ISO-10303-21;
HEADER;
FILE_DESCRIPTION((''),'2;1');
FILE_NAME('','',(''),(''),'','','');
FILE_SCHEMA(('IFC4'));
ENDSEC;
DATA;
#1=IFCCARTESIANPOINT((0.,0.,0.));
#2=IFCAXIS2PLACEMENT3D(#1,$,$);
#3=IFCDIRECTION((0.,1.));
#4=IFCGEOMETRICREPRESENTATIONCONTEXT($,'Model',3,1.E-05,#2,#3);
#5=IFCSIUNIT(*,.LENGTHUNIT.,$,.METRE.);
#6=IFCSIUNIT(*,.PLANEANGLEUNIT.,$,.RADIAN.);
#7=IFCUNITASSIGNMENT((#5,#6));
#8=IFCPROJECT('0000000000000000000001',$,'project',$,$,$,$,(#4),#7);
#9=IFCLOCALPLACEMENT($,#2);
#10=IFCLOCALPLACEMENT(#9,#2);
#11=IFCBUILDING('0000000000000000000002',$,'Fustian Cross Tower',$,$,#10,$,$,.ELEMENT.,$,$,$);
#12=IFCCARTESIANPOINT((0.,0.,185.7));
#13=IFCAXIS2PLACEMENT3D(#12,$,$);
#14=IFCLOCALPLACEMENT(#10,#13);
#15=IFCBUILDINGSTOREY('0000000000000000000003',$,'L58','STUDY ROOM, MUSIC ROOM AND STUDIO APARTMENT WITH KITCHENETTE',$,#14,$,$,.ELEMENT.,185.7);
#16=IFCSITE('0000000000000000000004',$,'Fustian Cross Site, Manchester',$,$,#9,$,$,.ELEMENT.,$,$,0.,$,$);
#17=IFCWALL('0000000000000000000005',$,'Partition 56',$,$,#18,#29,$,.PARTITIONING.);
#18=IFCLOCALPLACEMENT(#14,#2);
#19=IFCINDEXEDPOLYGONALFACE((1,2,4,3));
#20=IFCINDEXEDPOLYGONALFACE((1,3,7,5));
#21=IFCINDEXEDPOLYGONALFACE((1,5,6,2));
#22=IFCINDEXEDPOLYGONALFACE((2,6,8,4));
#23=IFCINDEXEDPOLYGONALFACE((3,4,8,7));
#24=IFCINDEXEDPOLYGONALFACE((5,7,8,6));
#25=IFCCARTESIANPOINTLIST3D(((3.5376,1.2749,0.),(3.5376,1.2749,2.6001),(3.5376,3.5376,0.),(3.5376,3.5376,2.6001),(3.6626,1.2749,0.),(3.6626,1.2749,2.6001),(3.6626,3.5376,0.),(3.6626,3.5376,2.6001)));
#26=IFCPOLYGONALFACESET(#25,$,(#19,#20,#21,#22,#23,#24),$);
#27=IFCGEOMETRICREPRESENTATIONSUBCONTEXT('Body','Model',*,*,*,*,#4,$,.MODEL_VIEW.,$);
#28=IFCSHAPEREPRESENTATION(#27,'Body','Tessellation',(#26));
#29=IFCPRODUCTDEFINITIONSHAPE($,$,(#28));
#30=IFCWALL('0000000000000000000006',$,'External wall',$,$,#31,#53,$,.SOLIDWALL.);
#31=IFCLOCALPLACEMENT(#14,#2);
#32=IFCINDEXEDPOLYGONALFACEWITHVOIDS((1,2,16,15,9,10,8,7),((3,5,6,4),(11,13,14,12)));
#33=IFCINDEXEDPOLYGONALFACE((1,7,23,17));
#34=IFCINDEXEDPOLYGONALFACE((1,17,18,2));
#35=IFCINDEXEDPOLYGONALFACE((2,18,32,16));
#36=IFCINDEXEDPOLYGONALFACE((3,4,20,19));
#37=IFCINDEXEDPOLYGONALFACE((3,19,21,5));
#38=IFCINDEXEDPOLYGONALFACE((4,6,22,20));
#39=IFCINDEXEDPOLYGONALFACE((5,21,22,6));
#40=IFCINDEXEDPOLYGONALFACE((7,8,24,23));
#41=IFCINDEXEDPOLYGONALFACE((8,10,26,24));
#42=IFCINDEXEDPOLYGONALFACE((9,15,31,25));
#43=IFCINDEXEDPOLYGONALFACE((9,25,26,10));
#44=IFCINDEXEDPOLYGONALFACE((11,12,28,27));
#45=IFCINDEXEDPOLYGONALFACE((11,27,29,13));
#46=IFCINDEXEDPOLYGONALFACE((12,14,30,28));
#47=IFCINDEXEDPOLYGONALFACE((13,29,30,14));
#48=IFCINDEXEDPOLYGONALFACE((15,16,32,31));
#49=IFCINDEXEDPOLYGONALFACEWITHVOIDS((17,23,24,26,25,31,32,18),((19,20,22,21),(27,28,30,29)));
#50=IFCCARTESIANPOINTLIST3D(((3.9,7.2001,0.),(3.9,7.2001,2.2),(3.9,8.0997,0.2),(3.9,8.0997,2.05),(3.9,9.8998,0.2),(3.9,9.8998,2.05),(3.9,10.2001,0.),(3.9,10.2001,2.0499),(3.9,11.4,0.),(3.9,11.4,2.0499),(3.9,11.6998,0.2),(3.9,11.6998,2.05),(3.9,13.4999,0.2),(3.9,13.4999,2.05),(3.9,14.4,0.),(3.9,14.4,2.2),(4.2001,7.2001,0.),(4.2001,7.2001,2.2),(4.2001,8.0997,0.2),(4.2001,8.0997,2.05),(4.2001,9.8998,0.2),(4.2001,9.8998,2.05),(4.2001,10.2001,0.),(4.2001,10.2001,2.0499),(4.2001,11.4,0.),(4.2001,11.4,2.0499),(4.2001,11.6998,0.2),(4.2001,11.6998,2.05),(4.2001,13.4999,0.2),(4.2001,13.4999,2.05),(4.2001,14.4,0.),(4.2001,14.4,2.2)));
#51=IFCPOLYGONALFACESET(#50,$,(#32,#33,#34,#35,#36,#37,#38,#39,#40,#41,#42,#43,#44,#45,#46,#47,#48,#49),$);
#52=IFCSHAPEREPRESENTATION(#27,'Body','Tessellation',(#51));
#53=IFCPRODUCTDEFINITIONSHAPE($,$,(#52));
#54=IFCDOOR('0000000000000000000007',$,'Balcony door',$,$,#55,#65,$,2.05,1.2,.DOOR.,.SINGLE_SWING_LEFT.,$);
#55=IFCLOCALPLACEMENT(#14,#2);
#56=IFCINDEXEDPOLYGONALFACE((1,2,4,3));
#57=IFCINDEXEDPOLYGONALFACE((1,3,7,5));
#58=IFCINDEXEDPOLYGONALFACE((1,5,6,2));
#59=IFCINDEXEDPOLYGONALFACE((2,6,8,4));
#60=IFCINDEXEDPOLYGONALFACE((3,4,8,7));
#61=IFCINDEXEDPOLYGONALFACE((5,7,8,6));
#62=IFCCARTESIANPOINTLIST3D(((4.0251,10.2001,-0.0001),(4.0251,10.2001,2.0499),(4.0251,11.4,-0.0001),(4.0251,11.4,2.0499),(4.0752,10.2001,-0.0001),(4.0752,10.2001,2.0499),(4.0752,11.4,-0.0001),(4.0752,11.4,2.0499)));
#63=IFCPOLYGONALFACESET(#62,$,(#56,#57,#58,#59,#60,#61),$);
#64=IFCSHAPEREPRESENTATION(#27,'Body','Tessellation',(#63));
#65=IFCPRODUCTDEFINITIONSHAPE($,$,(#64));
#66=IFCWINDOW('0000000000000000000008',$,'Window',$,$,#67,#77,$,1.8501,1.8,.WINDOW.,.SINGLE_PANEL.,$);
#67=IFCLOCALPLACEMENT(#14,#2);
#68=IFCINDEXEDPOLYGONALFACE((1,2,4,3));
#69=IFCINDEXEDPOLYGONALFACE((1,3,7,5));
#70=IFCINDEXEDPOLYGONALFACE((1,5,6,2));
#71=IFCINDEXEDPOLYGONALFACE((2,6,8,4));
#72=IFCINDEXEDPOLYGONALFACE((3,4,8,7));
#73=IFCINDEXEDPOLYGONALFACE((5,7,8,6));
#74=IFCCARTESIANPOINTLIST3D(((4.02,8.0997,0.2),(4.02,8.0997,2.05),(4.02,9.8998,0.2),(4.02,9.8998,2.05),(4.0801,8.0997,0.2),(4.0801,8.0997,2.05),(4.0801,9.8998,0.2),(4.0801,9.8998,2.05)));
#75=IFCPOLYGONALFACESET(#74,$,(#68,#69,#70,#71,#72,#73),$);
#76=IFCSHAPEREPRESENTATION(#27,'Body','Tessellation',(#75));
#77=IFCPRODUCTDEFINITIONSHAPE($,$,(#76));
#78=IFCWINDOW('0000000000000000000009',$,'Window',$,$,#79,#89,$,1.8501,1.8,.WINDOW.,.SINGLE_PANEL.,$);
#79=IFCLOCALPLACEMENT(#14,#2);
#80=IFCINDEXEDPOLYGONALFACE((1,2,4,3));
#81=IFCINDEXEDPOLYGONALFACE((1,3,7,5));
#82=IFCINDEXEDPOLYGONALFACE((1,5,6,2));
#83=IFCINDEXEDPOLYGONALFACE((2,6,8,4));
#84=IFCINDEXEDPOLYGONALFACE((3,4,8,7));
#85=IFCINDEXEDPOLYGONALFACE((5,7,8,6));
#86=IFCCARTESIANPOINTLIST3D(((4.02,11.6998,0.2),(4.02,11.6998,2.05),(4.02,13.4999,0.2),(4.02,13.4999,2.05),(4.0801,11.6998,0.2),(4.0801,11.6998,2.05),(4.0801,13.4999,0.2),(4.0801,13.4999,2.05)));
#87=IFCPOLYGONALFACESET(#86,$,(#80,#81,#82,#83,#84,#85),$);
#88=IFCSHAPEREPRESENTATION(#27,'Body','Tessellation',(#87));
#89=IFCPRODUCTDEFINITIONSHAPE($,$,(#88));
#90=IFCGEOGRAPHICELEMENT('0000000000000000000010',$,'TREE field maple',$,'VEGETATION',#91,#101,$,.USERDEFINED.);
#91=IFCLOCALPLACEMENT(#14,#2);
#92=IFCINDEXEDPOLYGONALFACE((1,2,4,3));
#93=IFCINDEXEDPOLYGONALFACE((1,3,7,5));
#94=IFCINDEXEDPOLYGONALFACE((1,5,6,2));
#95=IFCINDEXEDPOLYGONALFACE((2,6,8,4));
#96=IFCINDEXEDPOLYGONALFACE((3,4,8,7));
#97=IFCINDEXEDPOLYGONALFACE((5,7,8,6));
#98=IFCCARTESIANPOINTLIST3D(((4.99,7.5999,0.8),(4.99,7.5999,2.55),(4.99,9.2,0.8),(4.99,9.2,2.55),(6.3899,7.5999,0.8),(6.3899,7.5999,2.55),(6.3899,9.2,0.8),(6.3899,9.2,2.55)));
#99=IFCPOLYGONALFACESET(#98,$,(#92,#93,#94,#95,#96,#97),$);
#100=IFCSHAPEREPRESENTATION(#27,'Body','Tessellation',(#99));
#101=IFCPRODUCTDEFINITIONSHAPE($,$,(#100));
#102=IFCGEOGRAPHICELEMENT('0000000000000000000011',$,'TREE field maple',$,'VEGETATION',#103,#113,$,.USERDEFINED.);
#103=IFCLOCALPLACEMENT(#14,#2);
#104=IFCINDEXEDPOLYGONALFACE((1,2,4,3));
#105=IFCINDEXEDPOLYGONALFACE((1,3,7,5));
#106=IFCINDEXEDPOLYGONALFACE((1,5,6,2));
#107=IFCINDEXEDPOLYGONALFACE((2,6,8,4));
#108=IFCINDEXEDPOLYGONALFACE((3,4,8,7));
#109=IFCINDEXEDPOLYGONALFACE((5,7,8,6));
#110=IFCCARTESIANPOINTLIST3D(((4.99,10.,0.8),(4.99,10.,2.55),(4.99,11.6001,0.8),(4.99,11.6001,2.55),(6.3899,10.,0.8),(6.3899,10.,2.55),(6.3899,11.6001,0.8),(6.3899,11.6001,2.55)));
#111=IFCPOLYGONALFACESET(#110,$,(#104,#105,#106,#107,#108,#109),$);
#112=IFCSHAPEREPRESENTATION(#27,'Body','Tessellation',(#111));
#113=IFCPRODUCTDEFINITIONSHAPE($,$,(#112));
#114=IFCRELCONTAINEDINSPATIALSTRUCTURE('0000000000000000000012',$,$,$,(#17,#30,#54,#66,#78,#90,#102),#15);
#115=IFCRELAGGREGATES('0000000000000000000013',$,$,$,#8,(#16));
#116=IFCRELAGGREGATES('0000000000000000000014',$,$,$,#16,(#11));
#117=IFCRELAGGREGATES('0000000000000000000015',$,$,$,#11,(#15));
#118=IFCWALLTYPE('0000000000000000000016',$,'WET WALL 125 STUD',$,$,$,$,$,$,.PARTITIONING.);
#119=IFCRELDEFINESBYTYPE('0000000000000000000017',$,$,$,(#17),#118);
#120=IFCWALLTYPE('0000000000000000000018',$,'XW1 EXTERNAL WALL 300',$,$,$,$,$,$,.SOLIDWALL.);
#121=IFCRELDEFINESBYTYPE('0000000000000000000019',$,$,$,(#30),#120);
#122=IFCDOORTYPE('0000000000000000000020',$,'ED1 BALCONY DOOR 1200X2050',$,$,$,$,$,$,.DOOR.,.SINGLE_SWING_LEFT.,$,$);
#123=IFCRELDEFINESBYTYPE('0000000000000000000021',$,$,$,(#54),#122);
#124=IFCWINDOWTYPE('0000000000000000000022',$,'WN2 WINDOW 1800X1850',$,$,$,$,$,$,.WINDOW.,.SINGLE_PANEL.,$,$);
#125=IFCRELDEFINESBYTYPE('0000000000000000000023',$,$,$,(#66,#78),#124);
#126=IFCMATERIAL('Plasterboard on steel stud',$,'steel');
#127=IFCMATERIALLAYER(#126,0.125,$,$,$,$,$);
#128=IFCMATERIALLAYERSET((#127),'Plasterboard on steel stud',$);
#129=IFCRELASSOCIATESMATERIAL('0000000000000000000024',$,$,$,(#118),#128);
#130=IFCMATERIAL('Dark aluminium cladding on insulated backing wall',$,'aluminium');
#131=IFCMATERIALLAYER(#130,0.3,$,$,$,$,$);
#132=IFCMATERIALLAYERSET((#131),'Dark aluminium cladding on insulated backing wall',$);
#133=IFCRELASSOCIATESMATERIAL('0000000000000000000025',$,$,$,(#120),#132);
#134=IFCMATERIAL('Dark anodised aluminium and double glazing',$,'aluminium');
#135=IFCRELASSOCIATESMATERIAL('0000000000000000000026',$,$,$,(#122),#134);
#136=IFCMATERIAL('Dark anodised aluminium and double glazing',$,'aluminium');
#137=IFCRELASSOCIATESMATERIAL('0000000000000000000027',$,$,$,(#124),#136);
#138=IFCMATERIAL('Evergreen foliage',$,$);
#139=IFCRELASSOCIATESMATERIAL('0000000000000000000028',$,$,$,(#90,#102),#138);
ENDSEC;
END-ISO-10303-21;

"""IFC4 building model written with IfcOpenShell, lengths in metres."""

from ifc_helpers import new_model, si_unit, direction, frame, frame_2d, origin, origin_2d, place, context, subcontext, project, spatial, rectangle, extrude, material, layer, layer_set, type_object, element, fill, save


model = new_model("IFC4")

# Units and contexts
model_context = context("Model", 3, precision=1e-05, world=origin(), true_north=direction((0.0, 1.0)))
body_context = subcontext(model_context, "Body", "Model", "MODEL_VIEW")
ifc_project = project(units=[si_unit("LENGTHUNIT", "METRE"), si_unit("PLANEANGLEUNIT", "RADIAN")], contexts=[model_context])

# Site, building, storey
site_placement = place(None, origin())
site = spatial("IfcSite", under=ifc_project, at=site_placement, Name="Fustian Cross Site, Manchester", CompositionType="ELEMENT", RefElevation=0.0)
building_placement = place(site_placement, origin())
building = spatial("IfcBuilding", under=site, at=building_placement, Name="Fustian Cross Tower", CompositionType="ELEMENT")
storey_placement = place(building_placement, frame((0.0, 0.0, 185.7)))
storey = spatial("IfcBuildingStorey", under=building, at=storey_placement, Name="L58", Description="STUDY ROOM, MUSIC ROOM AND STUDIO APARTMENT WITH KITCHENETTE", CompositionType="ELEMENT", Elevation=185.7)

# Wall
ifc_material_1 = material(Name="Plasterboard on steel stud", Category="steel")
ifc_layer_1 = layer(ifc_material_1, 0.125)
ifc_layer_set_1 = layer_set([ifc_layer_1], Name="Plasterboard on steel stud")
wall_type_1 = type_object("IfcWallType", Name="WET WALL 125 STUD", PredefinedType="PARTITIONING", material=ifc_layer_set_1)
wall_1_placement = place(storey_placement, frame((3.6001, 1.2749, 0.0), z_axis=(0.0, 0.0, 1.0), x_axis=(0.0, 1.0, 0.0)))
element("IfcWall", 1, at=wall_1_placement, inside=storey, type_object=wall_type_1, Name="Partition 56", PredefinedType="PARTITIONING", context=body_context, shape_type="SweptSolid", body=[
    extrude(rectangle(XDim=2.2627, YDim=0.125, at=frame_2d((1.1313, 0.0))), origin(), (0.0, 0.0, 1.0), 2.6001),
])

# Wall, openings, door, windows
ifc_material_2 = material(Name="Dark aluminium cladding on insulated backing wall", Category="aluminium")
ifc_layer_2 = layer(ifc_material_2, 0.3)
ifc_layer_set_2 = layer_set([ifc_layer_2], Name="Dark aluminium cladding on insulated backing wall")
wall_type_2 = type_object("IfcWallType", Name="XW1 EXTERNAL WALL 300", PredefinedType="SOLIDWALL", material=ifc_layer_set_2)
wall_2_placement = place(storey_placement, frame((4.05, 7.2, 0.0), z_axis=(0.0, 0.0, 1.0), x_axis=(0.0, 1.0, 0.0)))
wall_2 = element("IfcWall", 2, at=wall_2_placement, inside=storey, type_object=wall_type_2, Name="External wall", PredefinedType="SOLIDWALL", context=body_context, shape_type="SweptSolid", body=[
    extrude(rectangle(XDim=7.2, YDim=0.3, at=frame_2d((3.6001, 0.0))), origin(), (0.0, 0.0, 1.0), 2.2),
])
opening_1_placement = place(wall_2_placement, frame((3.0, 0.0, 0.0)))
opening_1 = element("IfcOpeningElement", 3, at=opening_1_placement, cuts=wall_2, PredefinedType="OPENING", context=body_context, shape_type="SweptSolid", body=[
    extrude(rectangle(XDim=1.2, YDim=2.05, at=frame_2d((0.6001, 1.0249))), frame((0.0, 0.1599, 0.0), z_axis=(0.0, -1.0, 0.0), x_axis=(1.0, 0.0, 0.0)), (0.0, 0.0, 1.0), 0.3201),
])
opening_2_placement = place(wall_2_placement, frame((0.8999, 0.0, 0.2)))
opening_2 = element("IfcOpeningElement", 4, at=opening_2_placement, cuts=wall_2, PredefinedType="OPENING", context=body_context, shape_type="SweptSolid", body=[
    extrude(rectangle(XDim=1.8, YDim=1.8501, at=frame_2d((0.8999, 0.925))), frame((0.0, 0.1599, 0.0), z_axis=(0.0, -1.0, 0.0), x_axis=(1.0, 0.0, 0.0)), (0.0, 0.0, 1.0), 0.3201),
])
opening_3_placement = place(wall_2_placement, frame((4.5, 0.0, 0.2)))
opening_3 = element("IfcOpeningElement", 5, at=opening_3_placement, cuts=wall_2, PredefinedType="OPENING", context=body_context, shape_type="SweptSolid", body=[
    extrude(rectangle(XDim=1.8, YDim=1.8501, at=frame_2d((0.8999, 0.925))), frame((0.0, 0.1599, 0.0), z_axis=(0.0, -1.0, 0.0), x_axis=(1.0, 0.0, 0.0)), (0.0, 0.0, 1.0), 0.3201),
])
ifc_material_3 = material(Name="Dark anodised aluminium and double glazing", Category="aluminium")
door_type_1 = type_object("IfcDoorType", Name="ED1 BALCONY DOOR 1200X2050", OperationType="SINGLE_SWING_LEFT", PredefinedType="DOOR", material=ifc_material_3)
door_1_placement = place(opening_1_placement, origin())
door_1 = element("IfcDoor", 6, at=door_1_placement, inside=storey, type_object=door_type_1, Name="Balcony door", OperationType="SINGLE_SWING_LEFT", OverallHeight=2.05, OverallWidth=1.2, PredefinedType="DOOR", context=body_context, shape_type="SweptSolid", body=[
    extrude(rectangle(XDim=1.2, YDim=2.05, at=frame_2d((0.6001, 1.0249))), frame((0.0, 0.0249, 0.0), z_axis=(0.0, -1.0, 0.0), x_axis=(1.0, 0.0, 0.0)), (0.0, 0.0, 1.0), 0.05),
])
fill(opening_1, door_1)
ifc_material_4 = material(Name="Dark anodised aluminium and double glazing", Category="aluminium")
window_type = type_object("IfcWindowType", Name="WN2 WINDOW 1800X1850", PartitioningType="SINGLE_PANEL", PredefinedType="WINDOW", material=ifc_material_4)
window_1_placement = place(opening_2_placement, origin())
window_1 = element("IfcWindow", 7, at=window_1_placement, inside=storey, type_object=window_type, Name="Window", OverallHeight=1.8501, OverallWidth=1.8, PartitioningType="SINGLE_PANEL", PredefinedType="WINDOW", context=body_context, shape_type="SweptSolid", body=[
    extrude(rectangle(XDim=1.8, YDim=1.8501, at=frame_2d((0.8999, 0.925))), frame((0.0, 0.03, 0.0), z_axis=(0.0, -1.0, 0.0), x_axis=(1.0, 0.0, 0.0)), (0.0, 0.0, 1.0), 0.0601),
])
fill(opening_2, window_1)
window_2_placement = place(opening_3_placement, origin())
window_2 = element("IfcWindow", 8, at=window_2_placement, inside=storey, type_object=window_type, Name="Window", OverallHeight=1.8501, OverallWidth=1.8, PartitioningType="SINGLE_PANEL", PredefinedType="WINDOW", context=body_context, shape_type="SweptSolid", body=[
    extrude(rectangle(XDim=1.8, YDim=1.8501, at=frame_2d((0.8999, 0.925))), frame((0.0, 0.03, 0.0), z_axis=(0.0, -1.0, 0.0), x_axis=(1.0, 0.0, 0.0)), (0.0, 0.0, 1.0), 0.0601),
])
fill(opening_3, window_2)

# Geographic elements
ifc_material_5 = material(Name="Evergreen foliage")
for number, where, z_axis, x_axis, name in (
    (9, (5.6899, 8.3999, 0.8), (0.0, 0.0, 1.0), (1.0, 0.0, 0.0), "TREE field maple"),
    (10, (5.6899, 10.8, 0.8), (0.0, 0.0, 1.0), (1.0, 0.0, 0.0), "TREE field maple"),
):
    element("IfcGeographicElement", number, at=place(storey_placement, frame(where, z_axis=z_axis, x_axis=x_axis)), inside=storey, material=ifc_material_5, Name=name, ObjectType="VEGETATION", PredefinedType="USERDEFINED", context=body_context, shape_type="SweptSolid", body=[
        extrude(rectangle(XDim=1.3999, YDim=1.6001, at=origin_2d()), origin(), (0.0, 0.0, 1.0), 1.75),
    ])

save(model, "model.ifc")
